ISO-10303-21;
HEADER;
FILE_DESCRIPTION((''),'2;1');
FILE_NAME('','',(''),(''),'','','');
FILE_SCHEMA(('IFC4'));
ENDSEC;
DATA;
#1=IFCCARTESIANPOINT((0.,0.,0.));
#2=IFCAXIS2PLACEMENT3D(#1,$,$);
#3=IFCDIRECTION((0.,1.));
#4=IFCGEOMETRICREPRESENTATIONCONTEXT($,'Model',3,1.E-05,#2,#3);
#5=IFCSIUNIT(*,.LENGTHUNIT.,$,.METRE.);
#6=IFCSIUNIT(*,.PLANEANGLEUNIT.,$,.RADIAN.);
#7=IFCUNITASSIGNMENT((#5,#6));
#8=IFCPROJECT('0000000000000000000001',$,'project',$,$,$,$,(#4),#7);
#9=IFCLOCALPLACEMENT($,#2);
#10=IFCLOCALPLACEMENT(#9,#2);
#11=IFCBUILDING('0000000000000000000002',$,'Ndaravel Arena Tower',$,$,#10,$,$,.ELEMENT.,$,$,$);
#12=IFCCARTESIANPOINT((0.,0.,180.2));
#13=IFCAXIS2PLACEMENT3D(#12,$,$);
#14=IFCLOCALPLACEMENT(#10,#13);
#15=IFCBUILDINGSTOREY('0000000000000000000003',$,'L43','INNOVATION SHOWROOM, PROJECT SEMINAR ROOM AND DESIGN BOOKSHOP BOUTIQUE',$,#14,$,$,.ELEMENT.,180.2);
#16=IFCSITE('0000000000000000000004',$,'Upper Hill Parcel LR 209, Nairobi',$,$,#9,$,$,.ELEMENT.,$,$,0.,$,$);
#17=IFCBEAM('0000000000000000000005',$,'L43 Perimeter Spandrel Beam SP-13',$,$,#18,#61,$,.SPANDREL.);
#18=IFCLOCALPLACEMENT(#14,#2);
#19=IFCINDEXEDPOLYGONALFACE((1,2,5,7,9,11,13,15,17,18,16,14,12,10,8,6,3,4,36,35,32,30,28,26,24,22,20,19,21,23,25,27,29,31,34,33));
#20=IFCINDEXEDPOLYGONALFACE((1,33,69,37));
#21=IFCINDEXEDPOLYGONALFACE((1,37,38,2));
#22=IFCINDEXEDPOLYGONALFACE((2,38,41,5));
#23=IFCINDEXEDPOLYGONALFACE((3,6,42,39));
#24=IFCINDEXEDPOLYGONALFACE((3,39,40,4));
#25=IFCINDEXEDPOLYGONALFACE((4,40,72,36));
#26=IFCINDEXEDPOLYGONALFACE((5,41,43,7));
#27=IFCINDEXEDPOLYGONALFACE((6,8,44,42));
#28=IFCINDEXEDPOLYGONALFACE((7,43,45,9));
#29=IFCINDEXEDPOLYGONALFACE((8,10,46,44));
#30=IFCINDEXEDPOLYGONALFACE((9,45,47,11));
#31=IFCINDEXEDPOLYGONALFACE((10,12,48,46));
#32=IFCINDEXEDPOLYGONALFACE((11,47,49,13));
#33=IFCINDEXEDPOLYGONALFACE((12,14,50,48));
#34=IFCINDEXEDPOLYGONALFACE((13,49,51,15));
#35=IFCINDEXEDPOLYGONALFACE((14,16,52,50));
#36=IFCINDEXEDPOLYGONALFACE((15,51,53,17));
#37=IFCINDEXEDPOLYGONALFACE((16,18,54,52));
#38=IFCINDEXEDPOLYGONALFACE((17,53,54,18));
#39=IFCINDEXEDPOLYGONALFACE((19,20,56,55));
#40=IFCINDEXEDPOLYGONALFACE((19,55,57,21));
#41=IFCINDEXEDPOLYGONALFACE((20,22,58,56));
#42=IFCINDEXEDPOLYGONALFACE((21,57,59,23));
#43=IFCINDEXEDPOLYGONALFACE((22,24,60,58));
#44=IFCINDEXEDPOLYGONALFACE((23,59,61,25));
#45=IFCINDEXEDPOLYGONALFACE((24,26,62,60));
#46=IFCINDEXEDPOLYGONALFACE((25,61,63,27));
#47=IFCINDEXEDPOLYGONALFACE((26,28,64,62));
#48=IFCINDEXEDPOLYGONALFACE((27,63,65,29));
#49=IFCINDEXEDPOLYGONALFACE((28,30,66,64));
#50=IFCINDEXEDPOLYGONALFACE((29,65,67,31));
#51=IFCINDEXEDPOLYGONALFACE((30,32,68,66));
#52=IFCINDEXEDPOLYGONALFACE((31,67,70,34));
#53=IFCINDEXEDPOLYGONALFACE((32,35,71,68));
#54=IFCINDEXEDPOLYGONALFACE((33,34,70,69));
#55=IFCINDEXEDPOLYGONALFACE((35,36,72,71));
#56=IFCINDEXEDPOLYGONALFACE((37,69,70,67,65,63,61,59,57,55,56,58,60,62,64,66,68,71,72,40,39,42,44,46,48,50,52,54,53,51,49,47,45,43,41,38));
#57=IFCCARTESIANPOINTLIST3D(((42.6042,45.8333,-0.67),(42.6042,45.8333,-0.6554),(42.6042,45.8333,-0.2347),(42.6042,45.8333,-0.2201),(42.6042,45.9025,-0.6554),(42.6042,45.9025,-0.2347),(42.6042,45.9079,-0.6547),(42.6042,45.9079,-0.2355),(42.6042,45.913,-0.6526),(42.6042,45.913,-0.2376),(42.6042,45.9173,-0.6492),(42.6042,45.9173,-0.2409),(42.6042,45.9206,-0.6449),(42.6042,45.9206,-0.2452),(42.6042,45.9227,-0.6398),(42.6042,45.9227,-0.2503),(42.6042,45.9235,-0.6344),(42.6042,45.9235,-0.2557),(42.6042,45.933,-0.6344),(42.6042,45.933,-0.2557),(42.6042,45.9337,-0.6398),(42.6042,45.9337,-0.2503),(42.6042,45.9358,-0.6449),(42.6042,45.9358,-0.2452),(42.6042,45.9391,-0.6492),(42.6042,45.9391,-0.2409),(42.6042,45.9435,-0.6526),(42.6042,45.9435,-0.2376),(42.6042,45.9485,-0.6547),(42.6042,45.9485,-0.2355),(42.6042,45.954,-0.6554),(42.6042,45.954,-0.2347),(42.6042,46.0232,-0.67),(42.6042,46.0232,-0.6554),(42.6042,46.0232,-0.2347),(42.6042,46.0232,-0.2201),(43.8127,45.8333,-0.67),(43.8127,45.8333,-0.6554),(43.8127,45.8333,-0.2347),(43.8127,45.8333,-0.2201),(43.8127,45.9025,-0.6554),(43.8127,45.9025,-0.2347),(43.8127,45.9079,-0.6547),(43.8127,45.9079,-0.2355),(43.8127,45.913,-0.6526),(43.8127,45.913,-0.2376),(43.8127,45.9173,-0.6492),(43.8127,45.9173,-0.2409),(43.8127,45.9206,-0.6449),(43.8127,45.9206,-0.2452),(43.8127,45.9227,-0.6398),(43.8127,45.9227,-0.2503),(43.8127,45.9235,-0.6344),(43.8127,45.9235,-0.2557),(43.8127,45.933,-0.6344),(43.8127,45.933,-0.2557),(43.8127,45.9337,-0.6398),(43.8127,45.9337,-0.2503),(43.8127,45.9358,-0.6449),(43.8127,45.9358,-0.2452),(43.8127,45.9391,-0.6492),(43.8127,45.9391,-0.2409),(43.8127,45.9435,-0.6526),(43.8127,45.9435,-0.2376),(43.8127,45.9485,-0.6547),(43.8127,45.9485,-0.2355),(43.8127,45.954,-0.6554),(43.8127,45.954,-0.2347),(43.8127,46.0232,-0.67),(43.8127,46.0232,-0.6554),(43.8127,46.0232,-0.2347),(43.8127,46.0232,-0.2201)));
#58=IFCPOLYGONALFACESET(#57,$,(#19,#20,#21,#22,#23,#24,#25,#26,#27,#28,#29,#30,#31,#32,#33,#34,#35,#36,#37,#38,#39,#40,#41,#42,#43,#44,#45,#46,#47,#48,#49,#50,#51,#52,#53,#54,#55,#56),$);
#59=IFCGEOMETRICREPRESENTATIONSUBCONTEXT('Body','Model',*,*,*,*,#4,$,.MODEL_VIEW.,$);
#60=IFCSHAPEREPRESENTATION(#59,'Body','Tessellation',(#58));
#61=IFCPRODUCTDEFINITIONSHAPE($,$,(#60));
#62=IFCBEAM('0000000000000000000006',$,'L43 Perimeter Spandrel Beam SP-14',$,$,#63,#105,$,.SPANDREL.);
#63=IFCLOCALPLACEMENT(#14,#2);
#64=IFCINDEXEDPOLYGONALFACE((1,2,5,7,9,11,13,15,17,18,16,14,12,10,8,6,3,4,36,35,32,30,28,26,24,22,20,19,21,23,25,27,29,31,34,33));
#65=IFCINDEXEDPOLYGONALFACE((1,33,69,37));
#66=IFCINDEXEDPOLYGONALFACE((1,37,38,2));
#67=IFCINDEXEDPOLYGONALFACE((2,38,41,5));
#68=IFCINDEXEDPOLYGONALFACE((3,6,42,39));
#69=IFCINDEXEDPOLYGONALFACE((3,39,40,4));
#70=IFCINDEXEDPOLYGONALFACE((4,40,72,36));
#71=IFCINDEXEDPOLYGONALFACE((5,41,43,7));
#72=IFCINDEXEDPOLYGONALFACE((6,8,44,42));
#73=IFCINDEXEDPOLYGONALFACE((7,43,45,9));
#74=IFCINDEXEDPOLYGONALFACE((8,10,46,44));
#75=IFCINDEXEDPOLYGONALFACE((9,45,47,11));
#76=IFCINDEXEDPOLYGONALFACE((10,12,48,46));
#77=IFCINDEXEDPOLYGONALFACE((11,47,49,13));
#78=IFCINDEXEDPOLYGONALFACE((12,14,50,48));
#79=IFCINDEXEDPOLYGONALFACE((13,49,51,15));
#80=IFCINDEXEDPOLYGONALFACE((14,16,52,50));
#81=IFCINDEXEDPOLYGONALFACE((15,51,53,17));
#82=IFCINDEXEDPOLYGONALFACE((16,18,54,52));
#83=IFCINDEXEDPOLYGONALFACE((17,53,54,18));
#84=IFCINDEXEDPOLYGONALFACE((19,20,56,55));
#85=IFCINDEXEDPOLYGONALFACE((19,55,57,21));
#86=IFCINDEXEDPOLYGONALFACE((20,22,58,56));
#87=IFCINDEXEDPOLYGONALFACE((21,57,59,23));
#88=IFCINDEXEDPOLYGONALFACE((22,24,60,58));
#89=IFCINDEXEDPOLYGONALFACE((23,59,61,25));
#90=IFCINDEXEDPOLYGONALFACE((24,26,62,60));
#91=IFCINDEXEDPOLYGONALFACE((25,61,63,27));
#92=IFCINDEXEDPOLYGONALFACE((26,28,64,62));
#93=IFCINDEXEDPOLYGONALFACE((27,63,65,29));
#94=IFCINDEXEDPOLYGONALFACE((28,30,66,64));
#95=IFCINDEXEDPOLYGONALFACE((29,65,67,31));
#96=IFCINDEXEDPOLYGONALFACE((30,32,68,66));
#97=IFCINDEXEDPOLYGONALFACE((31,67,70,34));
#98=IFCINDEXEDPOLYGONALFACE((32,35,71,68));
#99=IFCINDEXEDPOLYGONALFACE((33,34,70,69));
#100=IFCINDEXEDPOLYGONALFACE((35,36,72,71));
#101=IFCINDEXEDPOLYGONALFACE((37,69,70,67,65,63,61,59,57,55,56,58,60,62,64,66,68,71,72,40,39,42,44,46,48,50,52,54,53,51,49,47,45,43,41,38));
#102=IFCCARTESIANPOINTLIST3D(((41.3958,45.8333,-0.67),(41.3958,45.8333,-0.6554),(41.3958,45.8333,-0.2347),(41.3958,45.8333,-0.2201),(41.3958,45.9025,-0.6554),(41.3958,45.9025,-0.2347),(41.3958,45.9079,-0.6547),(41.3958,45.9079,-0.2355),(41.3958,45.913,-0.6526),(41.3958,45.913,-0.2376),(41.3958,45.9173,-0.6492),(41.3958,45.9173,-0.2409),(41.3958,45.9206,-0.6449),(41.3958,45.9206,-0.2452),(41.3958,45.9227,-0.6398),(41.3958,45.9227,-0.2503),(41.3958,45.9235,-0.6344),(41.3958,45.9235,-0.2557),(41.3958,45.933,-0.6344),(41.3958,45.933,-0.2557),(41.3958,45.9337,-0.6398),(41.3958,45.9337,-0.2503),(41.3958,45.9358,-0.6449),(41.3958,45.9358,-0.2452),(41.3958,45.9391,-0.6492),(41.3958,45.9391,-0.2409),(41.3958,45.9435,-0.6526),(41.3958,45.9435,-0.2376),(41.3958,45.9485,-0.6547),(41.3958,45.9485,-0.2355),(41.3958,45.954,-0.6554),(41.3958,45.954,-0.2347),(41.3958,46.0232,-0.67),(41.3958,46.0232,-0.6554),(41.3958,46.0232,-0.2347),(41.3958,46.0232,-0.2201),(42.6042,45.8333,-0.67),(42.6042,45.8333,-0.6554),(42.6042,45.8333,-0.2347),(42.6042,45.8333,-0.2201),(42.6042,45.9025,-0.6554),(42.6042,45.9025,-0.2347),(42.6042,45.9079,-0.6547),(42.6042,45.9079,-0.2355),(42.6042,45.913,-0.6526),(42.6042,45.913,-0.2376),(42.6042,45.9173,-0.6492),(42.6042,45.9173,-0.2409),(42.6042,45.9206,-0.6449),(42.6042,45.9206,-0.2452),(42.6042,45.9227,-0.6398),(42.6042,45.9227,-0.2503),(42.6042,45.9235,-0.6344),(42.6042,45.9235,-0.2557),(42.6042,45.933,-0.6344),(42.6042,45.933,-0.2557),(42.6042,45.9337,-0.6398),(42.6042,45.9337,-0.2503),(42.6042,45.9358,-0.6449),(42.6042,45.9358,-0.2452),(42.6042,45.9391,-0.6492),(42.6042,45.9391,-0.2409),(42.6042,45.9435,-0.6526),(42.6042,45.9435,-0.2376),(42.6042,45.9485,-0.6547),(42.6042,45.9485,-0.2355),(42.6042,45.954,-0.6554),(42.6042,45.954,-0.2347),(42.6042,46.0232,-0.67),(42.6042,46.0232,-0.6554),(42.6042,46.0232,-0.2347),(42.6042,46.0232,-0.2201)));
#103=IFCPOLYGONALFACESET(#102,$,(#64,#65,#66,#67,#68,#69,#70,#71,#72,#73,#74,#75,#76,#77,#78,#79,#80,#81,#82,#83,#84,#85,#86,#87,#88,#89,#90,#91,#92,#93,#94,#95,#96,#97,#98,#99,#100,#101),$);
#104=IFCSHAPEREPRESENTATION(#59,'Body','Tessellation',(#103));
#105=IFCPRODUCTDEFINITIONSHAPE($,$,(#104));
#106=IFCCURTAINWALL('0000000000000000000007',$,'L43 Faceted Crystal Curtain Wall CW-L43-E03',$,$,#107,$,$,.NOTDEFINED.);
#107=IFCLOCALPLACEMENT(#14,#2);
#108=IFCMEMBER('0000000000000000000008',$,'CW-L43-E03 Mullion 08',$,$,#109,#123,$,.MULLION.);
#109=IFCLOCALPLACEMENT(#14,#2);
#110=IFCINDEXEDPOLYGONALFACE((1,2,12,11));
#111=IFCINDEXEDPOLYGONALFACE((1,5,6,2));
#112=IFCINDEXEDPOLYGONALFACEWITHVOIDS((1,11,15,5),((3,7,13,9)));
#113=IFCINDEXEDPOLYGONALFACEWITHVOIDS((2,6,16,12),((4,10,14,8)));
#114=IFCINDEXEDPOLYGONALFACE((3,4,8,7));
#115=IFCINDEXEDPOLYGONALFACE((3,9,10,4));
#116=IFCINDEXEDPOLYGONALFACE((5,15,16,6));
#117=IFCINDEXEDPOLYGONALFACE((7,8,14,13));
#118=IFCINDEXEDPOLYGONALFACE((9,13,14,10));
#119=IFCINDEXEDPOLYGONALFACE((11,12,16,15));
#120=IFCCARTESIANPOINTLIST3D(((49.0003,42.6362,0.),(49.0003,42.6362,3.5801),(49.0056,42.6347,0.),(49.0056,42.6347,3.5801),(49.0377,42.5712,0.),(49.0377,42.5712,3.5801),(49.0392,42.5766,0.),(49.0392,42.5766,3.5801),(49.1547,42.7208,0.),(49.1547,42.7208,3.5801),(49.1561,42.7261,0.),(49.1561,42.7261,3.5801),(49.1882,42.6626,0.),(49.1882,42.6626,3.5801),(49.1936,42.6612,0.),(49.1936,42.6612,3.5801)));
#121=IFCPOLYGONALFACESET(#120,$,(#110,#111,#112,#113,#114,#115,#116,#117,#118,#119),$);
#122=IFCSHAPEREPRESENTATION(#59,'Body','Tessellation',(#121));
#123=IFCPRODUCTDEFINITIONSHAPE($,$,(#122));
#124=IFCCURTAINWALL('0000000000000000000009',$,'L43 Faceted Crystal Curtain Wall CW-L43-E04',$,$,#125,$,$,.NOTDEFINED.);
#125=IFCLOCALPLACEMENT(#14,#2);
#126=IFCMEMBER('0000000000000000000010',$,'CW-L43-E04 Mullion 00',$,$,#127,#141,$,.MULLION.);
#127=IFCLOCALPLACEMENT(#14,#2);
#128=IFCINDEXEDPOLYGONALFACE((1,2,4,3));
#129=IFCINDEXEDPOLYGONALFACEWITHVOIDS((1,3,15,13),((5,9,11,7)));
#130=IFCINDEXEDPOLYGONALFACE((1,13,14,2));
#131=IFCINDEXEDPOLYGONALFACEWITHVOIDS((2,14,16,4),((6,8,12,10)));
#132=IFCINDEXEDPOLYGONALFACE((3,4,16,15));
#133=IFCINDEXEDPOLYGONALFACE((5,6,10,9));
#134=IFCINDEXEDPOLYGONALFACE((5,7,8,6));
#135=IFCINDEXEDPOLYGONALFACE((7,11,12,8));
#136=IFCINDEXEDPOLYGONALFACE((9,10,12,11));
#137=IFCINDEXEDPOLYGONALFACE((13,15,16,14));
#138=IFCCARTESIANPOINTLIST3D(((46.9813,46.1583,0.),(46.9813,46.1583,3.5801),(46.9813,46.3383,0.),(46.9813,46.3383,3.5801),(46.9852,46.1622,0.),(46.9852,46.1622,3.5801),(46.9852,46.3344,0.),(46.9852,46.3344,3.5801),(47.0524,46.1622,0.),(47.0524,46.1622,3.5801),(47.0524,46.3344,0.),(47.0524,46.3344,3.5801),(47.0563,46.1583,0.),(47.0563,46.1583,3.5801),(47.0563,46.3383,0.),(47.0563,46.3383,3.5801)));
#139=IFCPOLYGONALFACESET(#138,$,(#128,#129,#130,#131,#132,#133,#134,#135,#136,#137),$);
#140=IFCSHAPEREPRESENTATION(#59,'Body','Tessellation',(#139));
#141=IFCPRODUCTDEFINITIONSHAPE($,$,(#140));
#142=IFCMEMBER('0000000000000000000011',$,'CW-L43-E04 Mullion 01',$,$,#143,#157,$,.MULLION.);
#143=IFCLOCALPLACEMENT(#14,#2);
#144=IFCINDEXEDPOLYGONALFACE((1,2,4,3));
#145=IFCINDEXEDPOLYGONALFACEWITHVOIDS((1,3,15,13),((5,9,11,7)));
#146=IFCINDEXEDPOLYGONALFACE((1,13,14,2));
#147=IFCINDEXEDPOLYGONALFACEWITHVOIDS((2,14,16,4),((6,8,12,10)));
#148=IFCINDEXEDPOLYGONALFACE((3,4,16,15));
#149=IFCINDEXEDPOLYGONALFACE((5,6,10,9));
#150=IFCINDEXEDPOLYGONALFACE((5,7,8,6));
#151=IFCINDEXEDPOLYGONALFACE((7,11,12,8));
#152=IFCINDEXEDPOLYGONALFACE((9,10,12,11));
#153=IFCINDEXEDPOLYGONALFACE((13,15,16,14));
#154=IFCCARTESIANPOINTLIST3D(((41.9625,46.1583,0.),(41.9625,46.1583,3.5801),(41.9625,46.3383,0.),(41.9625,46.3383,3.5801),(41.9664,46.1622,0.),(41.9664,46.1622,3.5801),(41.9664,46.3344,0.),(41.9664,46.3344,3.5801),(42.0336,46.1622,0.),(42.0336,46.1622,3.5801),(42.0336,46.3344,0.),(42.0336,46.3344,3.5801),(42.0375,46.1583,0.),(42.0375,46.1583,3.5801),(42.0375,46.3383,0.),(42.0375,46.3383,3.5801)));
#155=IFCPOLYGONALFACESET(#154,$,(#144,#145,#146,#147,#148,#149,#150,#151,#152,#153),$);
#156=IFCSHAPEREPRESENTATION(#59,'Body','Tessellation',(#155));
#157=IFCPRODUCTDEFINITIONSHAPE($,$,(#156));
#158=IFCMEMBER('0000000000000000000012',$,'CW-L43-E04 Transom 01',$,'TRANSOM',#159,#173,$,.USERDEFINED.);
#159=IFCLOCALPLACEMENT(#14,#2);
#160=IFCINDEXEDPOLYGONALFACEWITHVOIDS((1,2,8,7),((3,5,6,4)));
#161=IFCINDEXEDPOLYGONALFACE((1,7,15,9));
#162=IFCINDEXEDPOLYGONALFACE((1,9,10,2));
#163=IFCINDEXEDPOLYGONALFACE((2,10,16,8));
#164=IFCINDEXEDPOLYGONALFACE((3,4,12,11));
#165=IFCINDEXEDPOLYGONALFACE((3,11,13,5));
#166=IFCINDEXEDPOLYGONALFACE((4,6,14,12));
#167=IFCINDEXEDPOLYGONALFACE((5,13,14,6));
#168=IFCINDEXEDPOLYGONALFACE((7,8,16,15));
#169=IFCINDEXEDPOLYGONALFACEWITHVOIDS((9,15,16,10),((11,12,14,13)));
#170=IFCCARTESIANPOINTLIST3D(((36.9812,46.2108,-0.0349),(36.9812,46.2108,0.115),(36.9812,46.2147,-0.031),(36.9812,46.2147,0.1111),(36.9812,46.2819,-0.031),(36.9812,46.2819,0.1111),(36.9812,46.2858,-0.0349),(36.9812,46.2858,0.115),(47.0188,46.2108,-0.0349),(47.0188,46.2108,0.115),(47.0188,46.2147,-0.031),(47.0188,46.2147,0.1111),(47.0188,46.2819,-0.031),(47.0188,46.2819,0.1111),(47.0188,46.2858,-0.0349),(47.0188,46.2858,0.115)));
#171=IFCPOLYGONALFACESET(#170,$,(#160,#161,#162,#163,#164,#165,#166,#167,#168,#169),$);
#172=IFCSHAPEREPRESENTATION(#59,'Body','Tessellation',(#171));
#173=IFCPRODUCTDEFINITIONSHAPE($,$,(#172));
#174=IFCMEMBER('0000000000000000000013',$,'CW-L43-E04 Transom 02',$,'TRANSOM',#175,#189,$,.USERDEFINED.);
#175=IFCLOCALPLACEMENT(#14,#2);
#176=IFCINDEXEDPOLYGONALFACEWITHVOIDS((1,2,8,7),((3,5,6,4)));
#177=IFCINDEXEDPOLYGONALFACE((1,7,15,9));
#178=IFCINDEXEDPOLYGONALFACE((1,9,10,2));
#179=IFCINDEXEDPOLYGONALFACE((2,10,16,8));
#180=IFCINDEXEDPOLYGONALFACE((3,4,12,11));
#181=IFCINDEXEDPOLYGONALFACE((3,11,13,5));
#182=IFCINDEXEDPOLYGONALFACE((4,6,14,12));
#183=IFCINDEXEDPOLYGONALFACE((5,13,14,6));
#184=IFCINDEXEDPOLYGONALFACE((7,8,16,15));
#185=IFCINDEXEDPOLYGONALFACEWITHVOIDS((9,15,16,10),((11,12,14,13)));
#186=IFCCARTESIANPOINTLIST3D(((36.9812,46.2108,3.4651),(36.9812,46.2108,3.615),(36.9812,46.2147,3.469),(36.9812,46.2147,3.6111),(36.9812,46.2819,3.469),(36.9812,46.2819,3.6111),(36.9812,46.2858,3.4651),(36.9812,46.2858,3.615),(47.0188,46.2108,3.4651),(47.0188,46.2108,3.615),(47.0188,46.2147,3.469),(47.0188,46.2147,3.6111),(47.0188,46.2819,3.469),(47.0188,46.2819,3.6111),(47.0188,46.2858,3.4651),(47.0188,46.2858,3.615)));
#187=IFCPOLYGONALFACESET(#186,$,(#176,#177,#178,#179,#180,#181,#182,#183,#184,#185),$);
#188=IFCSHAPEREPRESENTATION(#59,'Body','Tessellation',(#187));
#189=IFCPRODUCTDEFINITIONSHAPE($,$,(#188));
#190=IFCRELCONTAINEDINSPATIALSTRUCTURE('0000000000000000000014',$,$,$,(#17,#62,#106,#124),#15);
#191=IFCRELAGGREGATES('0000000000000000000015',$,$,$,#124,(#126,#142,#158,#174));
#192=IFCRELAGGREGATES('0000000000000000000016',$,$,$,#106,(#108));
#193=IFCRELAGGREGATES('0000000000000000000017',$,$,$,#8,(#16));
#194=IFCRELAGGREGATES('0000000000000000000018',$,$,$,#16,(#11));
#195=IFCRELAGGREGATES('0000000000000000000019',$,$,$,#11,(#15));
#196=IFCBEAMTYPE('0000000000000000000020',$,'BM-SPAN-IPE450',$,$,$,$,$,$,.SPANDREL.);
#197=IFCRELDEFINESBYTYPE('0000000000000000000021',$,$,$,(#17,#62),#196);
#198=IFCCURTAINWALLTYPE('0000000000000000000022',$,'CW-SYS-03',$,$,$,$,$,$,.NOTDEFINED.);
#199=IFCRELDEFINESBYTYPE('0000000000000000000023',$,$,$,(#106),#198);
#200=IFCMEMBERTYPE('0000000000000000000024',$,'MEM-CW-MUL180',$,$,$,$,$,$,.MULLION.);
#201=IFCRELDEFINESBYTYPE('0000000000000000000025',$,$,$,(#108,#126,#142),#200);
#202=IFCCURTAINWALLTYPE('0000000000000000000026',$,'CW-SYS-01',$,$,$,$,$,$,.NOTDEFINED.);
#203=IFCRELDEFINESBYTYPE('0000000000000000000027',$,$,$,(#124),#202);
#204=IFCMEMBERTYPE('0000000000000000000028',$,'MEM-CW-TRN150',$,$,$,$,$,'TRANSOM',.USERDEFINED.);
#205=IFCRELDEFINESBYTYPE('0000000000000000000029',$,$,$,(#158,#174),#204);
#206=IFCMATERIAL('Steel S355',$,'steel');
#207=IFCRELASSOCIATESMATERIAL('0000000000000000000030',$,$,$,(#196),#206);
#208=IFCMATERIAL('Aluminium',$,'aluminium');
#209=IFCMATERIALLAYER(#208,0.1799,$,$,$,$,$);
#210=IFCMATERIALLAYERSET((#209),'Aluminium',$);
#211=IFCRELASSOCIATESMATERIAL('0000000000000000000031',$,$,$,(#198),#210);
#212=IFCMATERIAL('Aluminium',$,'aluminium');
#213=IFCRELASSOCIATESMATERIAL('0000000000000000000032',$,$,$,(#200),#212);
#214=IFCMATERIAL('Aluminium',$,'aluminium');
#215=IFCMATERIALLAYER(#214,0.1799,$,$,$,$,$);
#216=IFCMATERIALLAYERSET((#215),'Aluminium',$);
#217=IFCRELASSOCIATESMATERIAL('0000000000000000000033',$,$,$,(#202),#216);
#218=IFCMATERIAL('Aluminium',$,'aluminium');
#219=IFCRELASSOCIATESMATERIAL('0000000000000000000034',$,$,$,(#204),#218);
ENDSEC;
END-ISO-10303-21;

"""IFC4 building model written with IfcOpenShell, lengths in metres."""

from ifc_helpers import new_model, si_unit, direction, frame, origin, origin_2d, place, context, subcontext, project, spatial, hollow_rectangle, i_section, extrude, material, layer, layer_set, material_profile, profile_set, type_object, element, aggregate, save


model = new_model("IFC4")

# Units and contexts
model_context = context("Model", 3, precision=1e-05, world=origin(), true_north=direction((0.0, 1.0)))
body_context = subcontext(model_context, "Body", "Model", "MODEL_VIEW")
ifc_project = project(units=[si_unit("LENGTHUNIT", "METRE"), si_unit("PLANEANGLEUNIT", "RADIAN")], contexts=[model_context])

# Site, building, storey
site_placement = place(None, origin())
site = spatial("IfcSite", under=ifc_project, at=site_placement, Name="Upper Hill Parcel LR 209, Nairobi", CompositionType="ELEMENT", RefElevation=0.0)
building_placement = place(site_placement, origin())
building = spatial("IfcBuilding", under=site, at=building_placement, Name="Ndaravel Arena Tower", CompositionType="ELEMENT")
storey_placement = place(building_placement, frame((0.0, 0.0, 180.2)))
storey = spatial("IfcBuildingStorey", under=building, at=storey_placement, Name="L43", Description="INNOVATION SHOWROOM, PROJECT SEMINAR ROOM AND DESIGN BOOKSHOP BOUTIQUE", CompositionType="ELEMENT", Elevation=180.2)

# Beams
ifc_material_1 = material(Name="Steel S355", Category="steel")
ifc_material_profile_1 = material_profile(ifc_material_1, i_section(OverallWidth=0.1899, OverallDepth=0.45, WebThickness=0.0095, FlangeThickness=0.0146, FilletRadius=0.021, at=origin_2d()), Name="IPE 450")
ifc_profile_set_1 = profile_set([ifc_material_profile_1], Name="Steel S355")
beam_type_1 = type_object("IfcBeamType", Name="BM-SPAN-IPE450", PredefinedType="SPANDREL", material=ifc_profile_set_1)
for number, where, z_axis, x_axis, name in (
    (1, (43.8127, 45.9282, -0.4451), (-1.0, 0.0, 0.0), (0.0, -1.0, 0.0), "L43 Perimeter Spandrel Beam SP-13"),
    (2, (42.6042, 45.9282, -0.4451), (-1.0, 0.0, 0.0), (0.0, -1.0, 0.0), "L43 Perimeter Spandrel Beam SP-14"),
):
    element("IfcBeam", number, at=place(storey_placement, frame(where, z_axis=z_axis, x_axis=x_axis)), inside=storey, type_object=beam_type_1, Name=name, PredefinedType="SPANDREL", context=body_context, shape_type="SweptSolid", body=[
        extrude(i_section(OverallWidth=0.1899, OverallDepth=0.45, WebThickness=0.0095, FlangeThickness=0.0146, FilletRadius=0.021, at=origin_2d()), origin(), (0.0, 0.0, 1.0), 1.2085),
    ])

# Curtain wall, member
ifc_material_2 = material(Name="Aluminium", Category="aluminium")
ifc_layer_1 = layer(ifc_material_2, 0.1799)
ifc_layer_set_1 = layer_set([ifc_layer_1], Name="Aluminium")
curtain_wall_type_1 = type_object("IfcCurtainWallType", Name="CW-SYS-03", PredefinedType="NOTDEFINED", material=ifc_layer_set_1)
curtain_wall_1_placement = place(storey_placement, origin())
curtain_wall_1 = element("IfcCurtainWall", 3, at=curtain_wall_1_placement, inside=storey, type_object=curtain_wall_type_1, Name="L43 Faceted Crystal Curtain Wall CW-L43-E03", PredefinedType="NOTDEFINED")
ifc_material_3 = material(Name="Aluminium", Category="aluminium")
ifc_material_profile_2 = material_profile(ifc_material_3, hollow_rectangle(XDim=0.075, YDim=0.1799, WallThickness=0.0039, at=origin_2d()), Name="CW MULLION 75x180x4")
ifc_profile_set_2 = profile_set([ifc_material_profile_2], Name="Aluminium")
member_type_1 = type_object("IfcMemberType", Name="MEM-CW-MUL180", PredefinedType="MULLION", material=ifc_profile_set_2)
member_1_placement = place(storey_placement, frame((49.0969, 42.6487, 0.0), z_axis=(0.0, 0.0, 1.0), x_axis=(-0.5, 0.866025, 0.0)))
member_1 = element("IfcMember", 4, at=member_1_placement, type_object=member_type_1, Name="CW-L43-E03 Mullion 08", PredefinedType="MULLION", context=body_context, shape_type="SweptSolid", body=[
    extrude(hollow_rectangle(XDim=0.075, YDim=0.1799, WallThickness=0.0039, at=origin_2d()), origin(), (0.0, 0.0, 1.0), 3.5801),
])

# Curtain wall, members
ifc_material_4 = material(Name="Aluminium", Category="aluminium")
ifc_layer_2 = layer(ifc_material_4, 0.1799)
ifc_layer_set_2 = layer_set([ifc_layer_2], Name="Aluminium")
curtain_wall_type_2 = type_object("IfcCurtainWallType", Name="CW-SYS-01", PredefinedType="NOTDEFINED", material=ifc_layer_set_2)
curtain_wall_2_placement = place(storey_placement, origin())
curtain_wall_2 = element("IfcCurtainWall", 5, at=curtain_wall_2_placement, inside=storey, type_object=curtain_wall_type_2, Name="L43 Faceted Crystal Curtain Wall CW-L43-E04", PredefinedType="NOTDEFINED")
member_2_placement = place(storey_placement, frame((47.0188, 46.2483, 0.0), z_axis=(0.0, 0.0, 1.0), x_axis=(-1.0, 0.0, 0.0)))
member_2 = element("IfcMember", 6, at=member_2_placement, type_object=member_type_1, Name="CW-L43-E04 Mullion 00", PredefinedType="MULLION", context=body_context, shape_type="SweptSolid", body=[
    extrude(hollow_rectangle(XDim=0.075, YDim=0.1799, WallThickness=0.0039, at=origin_2d()), origin(), (0.0, 0.0, 1.0), 3.5801),
])
member_3_placement = place(storey_placement, frame((42.0, 46.2483, 0.0), z_axis=(0.0, 0.0, 1.0), x_axis=(-1.0, 0.0, 0.0)))
member_3 = element("IfcMember", 7, at=member_3_placement, type_object=member_type_1, Name="CW-L43-E04 Mullion 01", PredefinedType="MULLION", context=body_context, shape_type="SweptSolid", body=[
    extrude(hollow_rectangle(XDim=0.075, YDim=0.1799, WallThickness=0.0039, at=origin_2d()), origin(), (0.0, 0.0, 1.0), 3.5801),
])
ifc_material_5 = material(Name="Aluminium", Category="aluminium")
ifc_material_profile_3 = material_profile(ifc_material_5, hollow_rectangle(XDim=0.075, YDim=0.1499, WallThickness=0.0039, at=origin_2d()), Name="CW TRANSOM 75x150x4")
ifc_profile_set_3 = profile_set([ifc_material_profile_3], Name="Aluminium")
member_type_2 = type_object("IfcMemberType", Name="MEM-CW-TRN150", ElementType="TRANSOM", PredefinedType="USERDEFINED", material=ifc_profile_set_3)
member_4_placement = place(storey_placement, frame((47.0188, 46.2483, 0.04), z_axis=(-1.0, 0.0, 0.0), x_axis=(0.0, -1.0, 0.0)))
member_4 = element("IfcMember", 8, at=member_4_placement, type_object=member_type_2, Name="CW-L43-E04 Transom 01", ObjectType="TRANSOM", PredefinedType="USERDEFINED", context=body_context, shape_type="SweptSolid", body=[
    extrude(hollow_rectangle(XDim=0.075, YDim=0.1499, WallThickness=0.0039, at=origin_2d()), origin(), (0.0, 0.0, 1.0), 10.0376),
])
member_5_placement = place(storey_placement, frame((47.0188, 46.2483, 3.54), z_axis=(-1.0, 0.0, 0.0), x_axis=(0.0, -1.0, 0.0)))
member_5 = element("IfcMember", 9, at=member_5_placement, type_object=member_type_2, Name="CW-L43-E04 Transom 02", ObjectType="TRANSOM", PredefinedType="USERDEFINED", context=body_context, shape_type="SweptSolid", body=[
    extrude(hollow_rectangle(XDim=0.075, YDim=0.1499, WallThickness=0.0039, at=origin_2d()), origin(), (0.0, 0.0, 1.0), 10.0376),
])
aggregate(curtain_wall_2, [member_2, member_3, member_4, member_5])

aggregate(curtain_wall_1, [member_1])

save(model, "model.ifc")
